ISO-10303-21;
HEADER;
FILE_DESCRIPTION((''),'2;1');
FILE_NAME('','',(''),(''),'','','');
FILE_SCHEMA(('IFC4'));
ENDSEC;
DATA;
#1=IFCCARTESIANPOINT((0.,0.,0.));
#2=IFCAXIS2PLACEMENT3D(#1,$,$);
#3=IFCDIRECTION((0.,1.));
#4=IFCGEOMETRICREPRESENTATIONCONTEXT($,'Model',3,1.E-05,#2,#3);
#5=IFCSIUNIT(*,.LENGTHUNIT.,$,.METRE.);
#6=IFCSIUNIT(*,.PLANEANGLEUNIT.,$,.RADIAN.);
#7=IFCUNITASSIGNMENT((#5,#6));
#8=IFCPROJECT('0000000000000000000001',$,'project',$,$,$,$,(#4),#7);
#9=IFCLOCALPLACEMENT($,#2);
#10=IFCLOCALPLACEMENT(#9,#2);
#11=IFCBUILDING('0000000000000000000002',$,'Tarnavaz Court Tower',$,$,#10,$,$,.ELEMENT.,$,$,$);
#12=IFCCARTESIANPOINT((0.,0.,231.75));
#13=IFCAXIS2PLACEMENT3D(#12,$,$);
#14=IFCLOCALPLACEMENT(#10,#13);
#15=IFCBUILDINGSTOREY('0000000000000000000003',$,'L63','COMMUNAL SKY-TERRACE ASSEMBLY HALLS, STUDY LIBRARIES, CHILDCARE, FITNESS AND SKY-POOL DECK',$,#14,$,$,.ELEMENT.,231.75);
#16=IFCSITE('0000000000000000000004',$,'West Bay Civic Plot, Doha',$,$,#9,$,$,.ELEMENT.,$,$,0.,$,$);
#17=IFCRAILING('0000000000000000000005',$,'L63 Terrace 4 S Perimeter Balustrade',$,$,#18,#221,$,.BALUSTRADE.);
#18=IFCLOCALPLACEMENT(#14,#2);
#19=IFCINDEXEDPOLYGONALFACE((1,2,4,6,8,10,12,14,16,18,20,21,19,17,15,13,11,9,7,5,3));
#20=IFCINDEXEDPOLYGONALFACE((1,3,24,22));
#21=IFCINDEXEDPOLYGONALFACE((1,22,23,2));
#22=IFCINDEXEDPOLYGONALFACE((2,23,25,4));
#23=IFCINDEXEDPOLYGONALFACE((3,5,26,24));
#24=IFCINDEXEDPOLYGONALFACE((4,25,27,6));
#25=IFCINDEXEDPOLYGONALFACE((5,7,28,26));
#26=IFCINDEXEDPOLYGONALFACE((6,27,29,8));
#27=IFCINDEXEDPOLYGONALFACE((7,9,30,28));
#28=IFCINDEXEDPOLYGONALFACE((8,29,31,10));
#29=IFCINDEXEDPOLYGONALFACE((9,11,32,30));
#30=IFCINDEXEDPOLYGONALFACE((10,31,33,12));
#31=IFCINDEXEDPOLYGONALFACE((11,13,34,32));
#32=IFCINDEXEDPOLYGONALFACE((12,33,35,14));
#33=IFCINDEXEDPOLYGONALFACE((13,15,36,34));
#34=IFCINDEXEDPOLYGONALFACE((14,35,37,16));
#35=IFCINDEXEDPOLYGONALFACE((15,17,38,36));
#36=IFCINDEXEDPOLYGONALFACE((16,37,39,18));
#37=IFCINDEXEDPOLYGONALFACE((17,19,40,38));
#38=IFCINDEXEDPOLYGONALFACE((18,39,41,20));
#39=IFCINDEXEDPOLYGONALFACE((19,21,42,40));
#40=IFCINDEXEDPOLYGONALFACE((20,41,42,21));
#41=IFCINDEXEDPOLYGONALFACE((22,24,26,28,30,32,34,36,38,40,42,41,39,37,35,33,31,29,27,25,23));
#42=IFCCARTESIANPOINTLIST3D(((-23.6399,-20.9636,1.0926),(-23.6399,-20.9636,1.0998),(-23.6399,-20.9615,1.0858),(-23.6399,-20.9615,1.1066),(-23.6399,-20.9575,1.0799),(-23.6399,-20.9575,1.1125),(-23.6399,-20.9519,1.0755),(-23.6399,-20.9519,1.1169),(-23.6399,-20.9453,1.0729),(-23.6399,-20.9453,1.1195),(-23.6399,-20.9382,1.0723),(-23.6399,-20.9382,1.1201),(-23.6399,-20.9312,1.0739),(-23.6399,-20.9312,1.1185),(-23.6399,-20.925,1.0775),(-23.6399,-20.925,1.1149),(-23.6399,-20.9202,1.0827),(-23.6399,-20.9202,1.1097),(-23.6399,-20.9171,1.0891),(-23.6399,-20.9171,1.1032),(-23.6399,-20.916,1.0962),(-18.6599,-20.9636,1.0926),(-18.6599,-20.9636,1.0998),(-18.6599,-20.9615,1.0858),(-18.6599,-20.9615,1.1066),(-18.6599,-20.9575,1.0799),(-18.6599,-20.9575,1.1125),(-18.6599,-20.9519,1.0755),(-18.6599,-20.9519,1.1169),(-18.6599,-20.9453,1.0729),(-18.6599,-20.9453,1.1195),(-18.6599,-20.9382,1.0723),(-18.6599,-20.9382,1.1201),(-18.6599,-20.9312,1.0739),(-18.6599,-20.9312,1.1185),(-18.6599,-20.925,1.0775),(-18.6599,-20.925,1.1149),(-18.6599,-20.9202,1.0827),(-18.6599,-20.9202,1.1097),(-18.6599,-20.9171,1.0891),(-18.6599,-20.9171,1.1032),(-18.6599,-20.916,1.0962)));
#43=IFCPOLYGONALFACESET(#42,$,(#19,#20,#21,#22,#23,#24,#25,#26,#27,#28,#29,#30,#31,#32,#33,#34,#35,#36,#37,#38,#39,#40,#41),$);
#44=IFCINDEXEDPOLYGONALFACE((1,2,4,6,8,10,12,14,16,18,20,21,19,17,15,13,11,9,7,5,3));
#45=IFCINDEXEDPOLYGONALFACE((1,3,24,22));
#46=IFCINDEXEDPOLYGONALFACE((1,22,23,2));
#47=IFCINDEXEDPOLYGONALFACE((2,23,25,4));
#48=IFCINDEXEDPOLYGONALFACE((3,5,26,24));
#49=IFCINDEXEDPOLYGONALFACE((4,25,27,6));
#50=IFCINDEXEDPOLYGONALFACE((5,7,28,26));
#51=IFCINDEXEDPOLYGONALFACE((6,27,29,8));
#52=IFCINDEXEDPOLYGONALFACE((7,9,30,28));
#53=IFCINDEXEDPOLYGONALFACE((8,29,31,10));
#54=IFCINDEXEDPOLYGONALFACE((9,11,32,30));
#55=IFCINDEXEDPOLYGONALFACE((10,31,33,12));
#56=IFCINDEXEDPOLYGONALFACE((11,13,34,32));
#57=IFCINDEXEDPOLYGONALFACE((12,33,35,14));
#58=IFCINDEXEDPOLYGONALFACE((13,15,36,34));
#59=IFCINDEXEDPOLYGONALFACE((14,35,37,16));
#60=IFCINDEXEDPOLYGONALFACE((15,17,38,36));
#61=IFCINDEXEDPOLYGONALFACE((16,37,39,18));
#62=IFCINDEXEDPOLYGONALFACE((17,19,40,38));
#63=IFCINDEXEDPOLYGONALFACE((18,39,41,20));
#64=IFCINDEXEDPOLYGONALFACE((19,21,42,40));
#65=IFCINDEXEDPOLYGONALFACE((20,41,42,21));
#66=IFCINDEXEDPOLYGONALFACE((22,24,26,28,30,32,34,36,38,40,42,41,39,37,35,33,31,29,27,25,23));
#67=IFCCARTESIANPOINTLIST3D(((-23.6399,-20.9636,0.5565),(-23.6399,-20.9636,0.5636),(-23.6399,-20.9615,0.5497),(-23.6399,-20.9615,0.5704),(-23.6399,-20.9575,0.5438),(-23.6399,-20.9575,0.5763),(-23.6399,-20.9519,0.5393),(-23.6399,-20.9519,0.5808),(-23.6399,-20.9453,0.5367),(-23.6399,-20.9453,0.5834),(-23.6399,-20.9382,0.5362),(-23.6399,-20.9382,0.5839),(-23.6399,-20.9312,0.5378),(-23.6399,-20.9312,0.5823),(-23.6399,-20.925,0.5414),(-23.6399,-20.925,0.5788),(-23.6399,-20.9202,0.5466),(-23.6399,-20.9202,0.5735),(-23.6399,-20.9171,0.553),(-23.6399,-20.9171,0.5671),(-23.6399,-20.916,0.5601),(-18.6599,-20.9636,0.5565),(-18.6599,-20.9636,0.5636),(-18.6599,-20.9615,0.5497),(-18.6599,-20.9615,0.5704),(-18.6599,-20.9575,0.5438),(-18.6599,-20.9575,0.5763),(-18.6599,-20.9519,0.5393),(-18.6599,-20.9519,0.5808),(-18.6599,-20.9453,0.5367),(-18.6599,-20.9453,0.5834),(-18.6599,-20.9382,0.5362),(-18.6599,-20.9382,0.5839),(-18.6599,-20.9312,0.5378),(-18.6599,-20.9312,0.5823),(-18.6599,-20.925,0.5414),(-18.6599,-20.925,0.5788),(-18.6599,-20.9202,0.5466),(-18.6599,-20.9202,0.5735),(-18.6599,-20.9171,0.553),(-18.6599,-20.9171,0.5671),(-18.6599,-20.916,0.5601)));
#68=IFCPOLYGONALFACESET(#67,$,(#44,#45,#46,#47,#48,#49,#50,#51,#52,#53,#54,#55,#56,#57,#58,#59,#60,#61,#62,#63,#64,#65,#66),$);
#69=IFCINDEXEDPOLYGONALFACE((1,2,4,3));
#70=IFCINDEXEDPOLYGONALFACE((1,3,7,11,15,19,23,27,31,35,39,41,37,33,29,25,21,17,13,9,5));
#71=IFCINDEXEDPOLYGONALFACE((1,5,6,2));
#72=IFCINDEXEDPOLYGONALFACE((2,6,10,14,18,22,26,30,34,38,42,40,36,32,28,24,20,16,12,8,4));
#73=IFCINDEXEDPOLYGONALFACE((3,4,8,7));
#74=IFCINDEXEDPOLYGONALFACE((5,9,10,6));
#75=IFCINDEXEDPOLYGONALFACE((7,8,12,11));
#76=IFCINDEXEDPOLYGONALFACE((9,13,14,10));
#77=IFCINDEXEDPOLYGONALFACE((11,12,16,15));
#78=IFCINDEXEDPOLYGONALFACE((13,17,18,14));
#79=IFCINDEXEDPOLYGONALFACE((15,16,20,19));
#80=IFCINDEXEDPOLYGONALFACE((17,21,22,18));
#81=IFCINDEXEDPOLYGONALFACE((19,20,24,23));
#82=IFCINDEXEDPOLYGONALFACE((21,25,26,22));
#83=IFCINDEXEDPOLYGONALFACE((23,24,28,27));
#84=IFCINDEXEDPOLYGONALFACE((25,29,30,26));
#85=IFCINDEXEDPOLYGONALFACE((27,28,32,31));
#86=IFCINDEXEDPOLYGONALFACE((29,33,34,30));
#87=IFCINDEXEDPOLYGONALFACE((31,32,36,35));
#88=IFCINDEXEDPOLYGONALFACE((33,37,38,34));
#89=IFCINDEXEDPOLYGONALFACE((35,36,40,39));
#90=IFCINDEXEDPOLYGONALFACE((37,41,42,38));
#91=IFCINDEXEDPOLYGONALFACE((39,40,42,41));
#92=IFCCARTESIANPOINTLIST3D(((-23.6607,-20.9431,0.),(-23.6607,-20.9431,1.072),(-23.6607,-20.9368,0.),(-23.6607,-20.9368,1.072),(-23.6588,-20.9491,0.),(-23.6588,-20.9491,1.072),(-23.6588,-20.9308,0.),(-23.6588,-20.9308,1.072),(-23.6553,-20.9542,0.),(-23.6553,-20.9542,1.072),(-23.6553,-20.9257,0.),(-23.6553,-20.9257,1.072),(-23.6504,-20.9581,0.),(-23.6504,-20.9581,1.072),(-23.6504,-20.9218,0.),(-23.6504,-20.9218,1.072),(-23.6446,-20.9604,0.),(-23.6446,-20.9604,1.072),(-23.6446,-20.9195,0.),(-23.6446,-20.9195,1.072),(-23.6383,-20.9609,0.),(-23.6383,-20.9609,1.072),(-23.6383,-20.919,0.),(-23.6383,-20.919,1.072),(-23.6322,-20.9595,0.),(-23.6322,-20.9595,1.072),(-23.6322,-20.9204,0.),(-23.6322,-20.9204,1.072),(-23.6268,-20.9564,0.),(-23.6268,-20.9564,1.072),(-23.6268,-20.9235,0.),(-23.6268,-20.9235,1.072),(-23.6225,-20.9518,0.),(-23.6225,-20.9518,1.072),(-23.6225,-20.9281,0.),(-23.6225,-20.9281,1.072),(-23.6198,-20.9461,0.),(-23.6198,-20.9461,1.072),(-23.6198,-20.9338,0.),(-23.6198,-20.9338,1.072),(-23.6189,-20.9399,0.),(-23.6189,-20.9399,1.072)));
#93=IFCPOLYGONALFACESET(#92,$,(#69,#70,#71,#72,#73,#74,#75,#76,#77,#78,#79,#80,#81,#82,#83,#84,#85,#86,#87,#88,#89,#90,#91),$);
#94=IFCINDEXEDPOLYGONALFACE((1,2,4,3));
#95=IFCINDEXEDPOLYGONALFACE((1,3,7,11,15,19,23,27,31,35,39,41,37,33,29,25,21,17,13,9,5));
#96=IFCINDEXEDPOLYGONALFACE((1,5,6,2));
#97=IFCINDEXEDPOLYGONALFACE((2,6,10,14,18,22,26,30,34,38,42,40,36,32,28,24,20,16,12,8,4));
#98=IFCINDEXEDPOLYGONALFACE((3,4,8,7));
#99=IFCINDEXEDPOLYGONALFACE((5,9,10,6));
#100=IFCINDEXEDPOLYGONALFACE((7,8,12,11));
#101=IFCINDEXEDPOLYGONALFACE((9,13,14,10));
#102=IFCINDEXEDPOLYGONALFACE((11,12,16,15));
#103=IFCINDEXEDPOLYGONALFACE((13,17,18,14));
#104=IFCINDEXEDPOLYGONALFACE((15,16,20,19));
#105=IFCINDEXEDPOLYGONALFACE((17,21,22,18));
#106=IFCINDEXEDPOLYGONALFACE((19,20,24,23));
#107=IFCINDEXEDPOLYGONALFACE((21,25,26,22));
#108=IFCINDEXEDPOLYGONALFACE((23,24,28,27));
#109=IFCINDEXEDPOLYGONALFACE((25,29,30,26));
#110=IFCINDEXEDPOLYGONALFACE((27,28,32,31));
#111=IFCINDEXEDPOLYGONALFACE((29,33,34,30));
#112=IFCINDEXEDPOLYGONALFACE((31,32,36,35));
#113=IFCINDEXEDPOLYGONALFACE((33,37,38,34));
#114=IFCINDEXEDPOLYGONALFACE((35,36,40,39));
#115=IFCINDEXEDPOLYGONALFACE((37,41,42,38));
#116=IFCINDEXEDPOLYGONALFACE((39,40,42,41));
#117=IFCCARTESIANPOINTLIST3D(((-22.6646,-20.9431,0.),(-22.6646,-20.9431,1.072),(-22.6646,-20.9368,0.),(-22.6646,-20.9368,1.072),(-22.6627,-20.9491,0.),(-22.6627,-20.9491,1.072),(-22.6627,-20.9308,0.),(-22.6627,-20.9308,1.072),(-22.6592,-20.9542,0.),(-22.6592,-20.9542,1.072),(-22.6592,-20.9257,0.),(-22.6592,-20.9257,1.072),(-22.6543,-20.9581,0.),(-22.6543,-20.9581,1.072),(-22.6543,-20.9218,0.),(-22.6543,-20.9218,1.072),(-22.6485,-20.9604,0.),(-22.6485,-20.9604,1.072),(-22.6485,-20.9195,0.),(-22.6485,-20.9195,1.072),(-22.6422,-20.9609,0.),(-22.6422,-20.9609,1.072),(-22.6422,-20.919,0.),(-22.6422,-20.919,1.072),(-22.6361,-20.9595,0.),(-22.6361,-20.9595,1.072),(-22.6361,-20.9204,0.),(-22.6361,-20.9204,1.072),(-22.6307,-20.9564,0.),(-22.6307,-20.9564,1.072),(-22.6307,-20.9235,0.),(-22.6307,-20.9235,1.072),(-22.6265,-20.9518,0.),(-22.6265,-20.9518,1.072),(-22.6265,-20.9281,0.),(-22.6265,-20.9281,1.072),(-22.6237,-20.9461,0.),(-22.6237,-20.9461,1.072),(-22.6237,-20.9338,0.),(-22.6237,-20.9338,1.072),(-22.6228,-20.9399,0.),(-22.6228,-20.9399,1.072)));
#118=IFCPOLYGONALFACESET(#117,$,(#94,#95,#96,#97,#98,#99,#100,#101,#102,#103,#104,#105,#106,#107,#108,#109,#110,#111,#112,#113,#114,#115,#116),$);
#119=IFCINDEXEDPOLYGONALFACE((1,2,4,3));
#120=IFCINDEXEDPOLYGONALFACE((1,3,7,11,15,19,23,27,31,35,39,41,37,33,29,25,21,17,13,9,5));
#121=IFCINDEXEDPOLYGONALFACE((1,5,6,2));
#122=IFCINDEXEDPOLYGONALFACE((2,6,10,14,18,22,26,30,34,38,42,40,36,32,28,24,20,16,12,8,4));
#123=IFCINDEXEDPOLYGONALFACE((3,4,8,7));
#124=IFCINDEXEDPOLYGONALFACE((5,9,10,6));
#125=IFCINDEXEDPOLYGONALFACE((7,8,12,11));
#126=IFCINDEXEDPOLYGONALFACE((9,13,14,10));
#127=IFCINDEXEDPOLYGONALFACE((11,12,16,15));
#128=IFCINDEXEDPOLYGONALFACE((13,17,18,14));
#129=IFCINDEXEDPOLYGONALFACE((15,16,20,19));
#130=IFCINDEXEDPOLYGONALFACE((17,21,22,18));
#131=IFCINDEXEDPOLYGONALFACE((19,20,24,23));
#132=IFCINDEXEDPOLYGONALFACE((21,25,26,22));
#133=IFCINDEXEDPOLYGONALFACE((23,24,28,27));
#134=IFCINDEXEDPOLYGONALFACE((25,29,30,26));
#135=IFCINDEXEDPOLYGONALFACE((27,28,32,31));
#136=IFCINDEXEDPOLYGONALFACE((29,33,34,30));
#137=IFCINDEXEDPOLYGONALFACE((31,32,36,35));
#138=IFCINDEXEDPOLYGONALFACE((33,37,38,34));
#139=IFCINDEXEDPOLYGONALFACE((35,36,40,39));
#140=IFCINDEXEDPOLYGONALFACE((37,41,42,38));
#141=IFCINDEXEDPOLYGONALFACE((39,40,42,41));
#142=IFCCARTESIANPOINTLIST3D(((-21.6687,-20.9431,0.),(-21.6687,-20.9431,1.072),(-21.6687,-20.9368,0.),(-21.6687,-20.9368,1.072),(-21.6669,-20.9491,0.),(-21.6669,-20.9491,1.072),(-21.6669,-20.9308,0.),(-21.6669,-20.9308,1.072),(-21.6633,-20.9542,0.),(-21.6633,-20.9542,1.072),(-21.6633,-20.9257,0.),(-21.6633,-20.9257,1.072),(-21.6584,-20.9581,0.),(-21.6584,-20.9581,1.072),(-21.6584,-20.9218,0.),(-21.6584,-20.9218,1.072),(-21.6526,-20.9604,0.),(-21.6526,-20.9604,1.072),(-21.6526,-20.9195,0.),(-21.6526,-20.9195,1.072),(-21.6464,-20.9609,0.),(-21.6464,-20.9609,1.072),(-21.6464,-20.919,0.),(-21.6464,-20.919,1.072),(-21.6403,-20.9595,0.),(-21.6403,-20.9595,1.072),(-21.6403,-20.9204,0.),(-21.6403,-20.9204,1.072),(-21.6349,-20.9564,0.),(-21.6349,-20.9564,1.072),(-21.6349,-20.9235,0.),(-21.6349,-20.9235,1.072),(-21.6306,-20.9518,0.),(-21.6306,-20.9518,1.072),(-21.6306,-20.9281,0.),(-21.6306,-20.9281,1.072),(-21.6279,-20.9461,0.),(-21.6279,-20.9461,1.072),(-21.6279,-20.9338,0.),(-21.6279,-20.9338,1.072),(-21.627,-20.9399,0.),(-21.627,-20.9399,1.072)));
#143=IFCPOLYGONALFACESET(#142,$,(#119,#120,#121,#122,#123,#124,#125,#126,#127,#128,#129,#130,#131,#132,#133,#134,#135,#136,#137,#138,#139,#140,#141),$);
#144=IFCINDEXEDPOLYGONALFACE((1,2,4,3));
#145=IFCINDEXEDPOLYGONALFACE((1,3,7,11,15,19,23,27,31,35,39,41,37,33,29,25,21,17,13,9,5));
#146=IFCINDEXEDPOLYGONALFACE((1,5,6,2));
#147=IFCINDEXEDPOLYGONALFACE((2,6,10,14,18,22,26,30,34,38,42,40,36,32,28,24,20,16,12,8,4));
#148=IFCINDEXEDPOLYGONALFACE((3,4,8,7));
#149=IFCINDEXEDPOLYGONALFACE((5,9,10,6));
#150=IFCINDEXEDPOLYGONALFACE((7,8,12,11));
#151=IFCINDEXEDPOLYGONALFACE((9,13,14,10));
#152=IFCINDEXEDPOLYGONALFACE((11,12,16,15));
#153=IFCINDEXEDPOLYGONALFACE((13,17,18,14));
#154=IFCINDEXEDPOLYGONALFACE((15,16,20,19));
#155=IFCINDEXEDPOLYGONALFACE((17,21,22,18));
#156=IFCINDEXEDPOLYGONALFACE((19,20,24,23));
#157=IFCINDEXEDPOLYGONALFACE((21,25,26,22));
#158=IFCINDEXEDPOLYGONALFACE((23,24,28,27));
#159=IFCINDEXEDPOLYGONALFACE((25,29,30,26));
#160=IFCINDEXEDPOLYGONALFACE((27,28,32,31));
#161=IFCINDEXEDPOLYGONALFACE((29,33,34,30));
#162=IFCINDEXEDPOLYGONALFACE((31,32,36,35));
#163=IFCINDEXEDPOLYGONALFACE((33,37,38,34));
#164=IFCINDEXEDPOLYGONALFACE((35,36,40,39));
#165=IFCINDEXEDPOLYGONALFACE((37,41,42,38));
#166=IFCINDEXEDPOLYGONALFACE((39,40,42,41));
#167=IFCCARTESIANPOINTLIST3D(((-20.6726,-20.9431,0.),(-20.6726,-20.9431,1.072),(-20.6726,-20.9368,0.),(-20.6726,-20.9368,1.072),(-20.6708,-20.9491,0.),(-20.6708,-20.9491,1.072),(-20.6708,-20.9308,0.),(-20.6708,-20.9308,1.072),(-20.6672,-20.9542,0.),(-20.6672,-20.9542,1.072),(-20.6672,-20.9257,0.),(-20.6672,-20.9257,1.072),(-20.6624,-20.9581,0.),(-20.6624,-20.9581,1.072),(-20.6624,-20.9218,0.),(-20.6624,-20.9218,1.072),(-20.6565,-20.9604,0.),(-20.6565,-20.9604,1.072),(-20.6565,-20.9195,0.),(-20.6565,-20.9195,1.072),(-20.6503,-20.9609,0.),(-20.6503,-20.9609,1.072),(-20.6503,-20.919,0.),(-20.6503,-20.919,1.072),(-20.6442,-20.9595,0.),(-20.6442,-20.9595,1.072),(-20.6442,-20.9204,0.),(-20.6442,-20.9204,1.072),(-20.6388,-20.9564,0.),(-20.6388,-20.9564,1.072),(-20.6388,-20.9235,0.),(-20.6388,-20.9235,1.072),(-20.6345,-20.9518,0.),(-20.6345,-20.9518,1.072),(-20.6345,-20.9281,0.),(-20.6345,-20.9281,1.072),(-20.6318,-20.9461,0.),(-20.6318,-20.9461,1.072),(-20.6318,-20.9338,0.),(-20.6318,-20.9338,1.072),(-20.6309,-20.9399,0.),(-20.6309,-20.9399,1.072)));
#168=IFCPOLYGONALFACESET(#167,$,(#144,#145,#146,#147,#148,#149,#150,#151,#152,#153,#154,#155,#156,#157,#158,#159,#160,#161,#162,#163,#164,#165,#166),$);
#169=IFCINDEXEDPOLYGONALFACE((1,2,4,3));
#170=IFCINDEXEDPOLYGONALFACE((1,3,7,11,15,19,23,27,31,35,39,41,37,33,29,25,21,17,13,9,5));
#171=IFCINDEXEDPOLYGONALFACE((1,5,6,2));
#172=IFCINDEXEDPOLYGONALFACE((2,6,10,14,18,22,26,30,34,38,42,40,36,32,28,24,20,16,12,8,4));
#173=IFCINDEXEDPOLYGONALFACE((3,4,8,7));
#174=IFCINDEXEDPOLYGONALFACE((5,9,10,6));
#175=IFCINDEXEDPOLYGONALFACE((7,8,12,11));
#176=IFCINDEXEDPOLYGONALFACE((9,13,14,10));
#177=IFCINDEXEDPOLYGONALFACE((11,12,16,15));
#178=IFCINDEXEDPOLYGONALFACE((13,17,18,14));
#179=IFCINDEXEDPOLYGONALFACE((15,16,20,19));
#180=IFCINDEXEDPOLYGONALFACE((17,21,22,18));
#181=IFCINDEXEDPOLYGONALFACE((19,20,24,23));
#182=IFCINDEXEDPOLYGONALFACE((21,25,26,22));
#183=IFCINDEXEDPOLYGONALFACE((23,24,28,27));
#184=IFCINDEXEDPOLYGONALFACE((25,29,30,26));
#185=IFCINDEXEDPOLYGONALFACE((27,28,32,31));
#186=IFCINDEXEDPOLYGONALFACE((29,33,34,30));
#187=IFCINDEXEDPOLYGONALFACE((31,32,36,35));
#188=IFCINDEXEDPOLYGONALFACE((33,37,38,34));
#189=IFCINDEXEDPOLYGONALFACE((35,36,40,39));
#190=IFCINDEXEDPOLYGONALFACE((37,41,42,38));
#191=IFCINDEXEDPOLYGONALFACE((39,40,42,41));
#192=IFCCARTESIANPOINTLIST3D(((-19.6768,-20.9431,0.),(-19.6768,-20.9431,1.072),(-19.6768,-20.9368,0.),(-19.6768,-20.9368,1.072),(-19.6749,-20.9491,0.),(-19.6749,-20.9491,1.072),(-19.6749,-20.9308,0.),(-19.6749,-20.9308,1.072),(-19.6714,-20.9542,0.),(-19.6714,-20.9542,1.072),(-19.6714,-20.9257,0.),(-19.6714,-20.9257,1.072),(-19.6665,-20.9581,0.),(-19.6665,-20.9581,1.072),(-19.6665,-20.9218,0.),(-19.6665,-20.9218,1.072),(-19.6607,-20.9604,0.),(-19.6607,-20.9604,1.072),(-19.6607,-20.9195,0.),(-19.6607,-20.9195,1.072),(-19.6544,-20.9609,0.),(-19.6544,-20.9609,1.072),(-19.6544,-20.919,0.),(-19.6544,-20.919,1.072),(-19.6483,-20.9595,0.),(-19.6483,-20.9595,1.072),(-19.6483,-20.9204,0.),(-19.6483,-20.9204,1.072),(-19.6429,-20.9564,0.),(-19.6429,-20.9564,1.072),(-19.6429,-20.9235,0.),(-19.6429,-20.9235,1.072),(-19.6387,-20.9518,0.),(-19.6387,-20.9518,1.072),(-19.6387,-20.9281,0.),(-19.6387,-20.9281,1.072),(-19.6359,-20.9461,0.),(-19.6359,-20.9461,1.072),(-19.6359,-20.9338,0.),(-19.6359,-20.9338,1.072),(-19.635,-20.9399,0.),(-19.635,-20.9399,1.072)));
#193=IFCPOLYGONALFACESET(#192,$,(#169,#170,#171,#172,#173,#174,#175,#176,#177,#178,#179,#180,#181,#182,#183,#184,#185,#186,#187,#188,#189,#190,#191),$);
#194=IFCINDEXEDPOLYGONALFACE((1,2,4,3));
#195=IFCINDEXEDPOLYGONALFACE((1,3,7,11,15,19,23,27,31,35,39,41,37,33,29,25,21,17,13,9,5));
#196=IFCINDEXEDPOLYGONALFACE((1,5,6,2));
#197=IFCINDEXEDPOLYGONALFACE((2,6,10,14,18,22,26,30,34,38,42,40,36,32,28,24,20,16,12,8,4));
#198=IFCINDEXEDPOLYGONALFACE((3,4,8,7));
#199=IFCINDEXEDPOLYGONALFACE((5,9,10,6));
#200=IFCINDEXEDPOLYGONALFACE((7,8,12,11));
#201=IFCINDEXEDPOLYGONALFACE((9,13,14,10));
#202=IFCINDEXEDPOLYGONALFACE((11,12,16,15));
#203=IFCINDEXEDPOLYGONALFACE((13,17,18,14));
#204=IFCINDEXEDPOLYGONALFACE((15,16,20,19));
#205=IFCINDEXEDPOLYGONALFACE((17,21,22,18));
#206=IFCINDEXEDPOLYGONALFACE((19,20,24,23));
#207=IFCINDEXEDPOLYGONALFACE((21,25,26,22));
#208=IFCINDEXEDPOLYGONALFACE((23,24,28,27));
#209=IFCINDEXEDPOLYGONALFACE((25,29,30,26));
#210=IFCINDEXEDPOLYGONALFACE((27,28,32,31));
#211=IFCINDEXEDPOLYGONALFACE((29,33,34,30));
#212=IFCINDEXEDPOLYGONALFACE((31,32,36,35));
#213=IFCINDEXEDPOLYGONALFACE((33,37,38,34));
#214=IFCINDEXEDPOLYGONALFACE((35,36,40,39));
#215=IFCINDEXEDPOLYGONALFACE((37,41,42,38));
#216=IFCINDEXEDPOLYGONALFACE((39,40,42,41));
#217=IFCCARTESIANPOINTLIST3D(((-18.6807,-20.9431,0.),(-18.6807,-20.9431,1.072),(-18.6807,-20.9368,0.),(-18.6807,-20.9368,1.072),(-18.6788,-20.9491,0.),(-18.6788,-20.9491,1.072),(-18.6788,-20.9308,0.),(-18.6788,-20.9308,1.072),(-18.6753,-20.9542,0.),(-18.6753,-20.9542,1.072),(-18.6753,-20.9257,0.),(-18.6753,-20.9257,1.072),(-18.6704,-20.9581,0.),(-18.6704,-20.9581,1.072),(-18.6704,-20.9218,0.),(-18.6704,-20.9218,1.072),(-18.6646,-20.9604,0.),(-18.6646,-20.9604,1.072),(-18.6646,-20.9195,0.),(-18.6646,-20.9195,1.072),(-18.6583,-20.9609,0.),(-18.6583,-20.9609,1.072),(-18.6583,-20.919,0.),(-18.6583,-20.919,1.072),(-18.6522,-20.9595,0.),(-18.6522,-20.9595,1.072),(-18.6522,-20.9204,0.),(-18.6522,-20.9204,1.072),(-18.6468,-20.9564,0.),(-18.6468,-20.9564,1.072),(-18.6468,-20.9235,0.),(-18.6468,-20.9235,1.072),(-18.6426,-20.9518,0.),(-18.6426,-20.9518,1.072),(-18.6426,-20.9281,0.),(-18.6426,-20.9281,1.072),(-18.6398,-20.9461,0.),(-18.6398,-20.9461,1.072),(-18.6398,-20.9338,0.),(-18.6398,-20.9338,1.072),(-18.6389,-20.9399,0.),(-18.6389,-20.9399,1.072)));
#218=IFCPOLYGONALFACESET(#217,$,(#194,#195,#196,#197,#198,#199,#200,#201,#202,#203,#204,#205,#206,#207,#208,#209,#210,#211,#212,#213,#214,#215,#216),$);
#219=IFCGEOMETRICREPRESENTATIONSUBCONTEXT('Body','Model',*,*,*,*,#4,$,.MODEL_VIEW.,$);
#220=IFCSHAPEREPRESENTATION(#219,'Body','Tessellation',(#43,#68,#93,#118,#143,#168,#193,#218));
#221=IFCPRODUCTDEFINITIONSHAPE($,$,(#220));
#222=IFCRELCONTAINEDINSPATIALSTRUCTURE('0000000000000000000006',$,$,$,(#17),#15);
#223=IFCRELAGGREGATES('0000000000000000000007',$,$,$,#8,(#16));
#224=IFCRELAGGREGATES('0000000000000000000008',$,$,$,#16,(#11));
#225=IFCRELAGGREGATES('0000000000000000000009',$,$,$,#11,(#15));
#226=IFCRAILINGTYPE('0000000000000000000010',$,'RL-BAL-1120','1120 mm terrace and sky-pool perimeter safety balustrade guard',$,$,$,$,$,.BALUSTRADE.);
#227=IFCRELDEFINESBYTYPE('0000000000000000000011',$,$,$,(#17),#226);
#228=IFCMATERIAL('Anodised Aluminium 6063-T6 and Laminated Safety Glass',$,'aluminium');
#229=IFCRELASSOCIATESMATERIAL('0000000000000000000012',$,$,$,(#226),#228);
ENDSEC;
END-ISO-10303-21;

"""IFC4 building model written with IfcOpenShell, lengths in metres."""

from ifc_helpers import new_model, si_unit, direction, frame, origin, origin_2d, place, context, subcontext, project, spatial, circle, extrude, material, type_object, element, save


model = new_model("IFC4")

# Units and contexts
model_context = context("Model", 3, precision=1e-05, world=origin(), true_north=direction((0.0, 1.0)))
body_context = subcontext(model_context, "Body", "Model", "MODEL_VIEW")
ifc_project = project(units=[si_unit("LENGTHUNIT", "METRE"), si_unit("PLANEANGLEUNIT", "RADIAN")], contexts=[model_context])

# Site, building, storey
site_placement = place(None, origin())
site = spatial("IfcSite", under=ifc_project, at=site_placement, Name="West Bay Civic Plot, Doha", CompositionType="ELEMENT", RefElevation=0.0)
building_placement = place(site_placement, origin())
building = spatial("IfcBuilding", under=site, at=building_placement, Name="Tarnavaz Court Tower", CompositionType="ELEMENT")
storey_placement = place(building_placement, frame((0.0, 0.0, 231.75)))
storey = spatial("IfcBuildingStorey", under=building, at=storey_placement, Name="L63", Description="COMMUNAL SKY-TERRACE ASSEMBLY HALLS, STUDY LIBRARIES, CHILDCARE, FITNESS AND SKY-POOL DECK", CompositionType="ELEMENT", Elevation=231.75)

# Railing
ifc_material_1 = material(Name="Anodised Aluminium 6063-T6 and Laminated Safety Glass", Category="aluminium")
railing_type = type_object("IfcRailingType", Name="RL-BAL-1120", Description="1120 mm terrace and sky-pool perimeter safety balustrade guard", PredefinedType="BALUSTRADE", material=ifc_material_1)
railing_1_placement = place(storey_placement, frame((-23.6399, -20.9399, 0.0)))
element("IfcRailing", 1, at=railing_1_placement, inside=storey, type_object=railing_type, Name="L63 Terrace 4 S Perimeter Balustrade", PredefinedType="BALUSTRADE", context=body_context, shape_type="SweptSolid", body=[
    extrude(circle(Radius=0.0239, at=origin_2d()), frame((0.0, 0.0, 1.0962), z_axis=(1.0, 0.0, 0.0), x_axis=(0.0, 1.0, 0.0)), (0.0, 0.0, 1.0), 4.98),
    extrude(circle(Radius=0.0239, at=origin_2d()), frame((0.0, 0.0, 0.5601), z_axis=(1.0, 0.0, 0.0), x_axis=(0.0, 1.0, 0.0)), (0.0, 0.0, 1.0), 4.98),
    extrude(circle(Radius=0.021, at=origin_2d()), origin(), (0.0, 0.0, 1.0), 1.072),
    extrude(circle(Radius=0.021, at=origin_2d()), frame((0.9961, 0.0, 0.0)), (0.0, 0.0, 1.0), 1.072),
    extrude(circle(Radius=0.021, at=origin_2d()), frame((1.9919, 0.0, 0.0)), (0.0, 0.0, 1.0), 1.072),
    extrude(circle(Radius=0.021, at=origin_2d()), frame((2.988, 0.0, 0.0)), (0.0, 0.0, 1.0), 1.072),
    extrude(circle(Radius=0.021, at=origin_2d()), frame((3.9839, 0.0, 0.0)), (0.0, 0.0, 1.0), 1.072),
    extrude(circle(Radius=0.021, at=origin_2d()), frame((4.98, 0.0, 0.0)), (0.0, 0.0, 1.0), 1.072),
])

save(model, "model.ifc")
